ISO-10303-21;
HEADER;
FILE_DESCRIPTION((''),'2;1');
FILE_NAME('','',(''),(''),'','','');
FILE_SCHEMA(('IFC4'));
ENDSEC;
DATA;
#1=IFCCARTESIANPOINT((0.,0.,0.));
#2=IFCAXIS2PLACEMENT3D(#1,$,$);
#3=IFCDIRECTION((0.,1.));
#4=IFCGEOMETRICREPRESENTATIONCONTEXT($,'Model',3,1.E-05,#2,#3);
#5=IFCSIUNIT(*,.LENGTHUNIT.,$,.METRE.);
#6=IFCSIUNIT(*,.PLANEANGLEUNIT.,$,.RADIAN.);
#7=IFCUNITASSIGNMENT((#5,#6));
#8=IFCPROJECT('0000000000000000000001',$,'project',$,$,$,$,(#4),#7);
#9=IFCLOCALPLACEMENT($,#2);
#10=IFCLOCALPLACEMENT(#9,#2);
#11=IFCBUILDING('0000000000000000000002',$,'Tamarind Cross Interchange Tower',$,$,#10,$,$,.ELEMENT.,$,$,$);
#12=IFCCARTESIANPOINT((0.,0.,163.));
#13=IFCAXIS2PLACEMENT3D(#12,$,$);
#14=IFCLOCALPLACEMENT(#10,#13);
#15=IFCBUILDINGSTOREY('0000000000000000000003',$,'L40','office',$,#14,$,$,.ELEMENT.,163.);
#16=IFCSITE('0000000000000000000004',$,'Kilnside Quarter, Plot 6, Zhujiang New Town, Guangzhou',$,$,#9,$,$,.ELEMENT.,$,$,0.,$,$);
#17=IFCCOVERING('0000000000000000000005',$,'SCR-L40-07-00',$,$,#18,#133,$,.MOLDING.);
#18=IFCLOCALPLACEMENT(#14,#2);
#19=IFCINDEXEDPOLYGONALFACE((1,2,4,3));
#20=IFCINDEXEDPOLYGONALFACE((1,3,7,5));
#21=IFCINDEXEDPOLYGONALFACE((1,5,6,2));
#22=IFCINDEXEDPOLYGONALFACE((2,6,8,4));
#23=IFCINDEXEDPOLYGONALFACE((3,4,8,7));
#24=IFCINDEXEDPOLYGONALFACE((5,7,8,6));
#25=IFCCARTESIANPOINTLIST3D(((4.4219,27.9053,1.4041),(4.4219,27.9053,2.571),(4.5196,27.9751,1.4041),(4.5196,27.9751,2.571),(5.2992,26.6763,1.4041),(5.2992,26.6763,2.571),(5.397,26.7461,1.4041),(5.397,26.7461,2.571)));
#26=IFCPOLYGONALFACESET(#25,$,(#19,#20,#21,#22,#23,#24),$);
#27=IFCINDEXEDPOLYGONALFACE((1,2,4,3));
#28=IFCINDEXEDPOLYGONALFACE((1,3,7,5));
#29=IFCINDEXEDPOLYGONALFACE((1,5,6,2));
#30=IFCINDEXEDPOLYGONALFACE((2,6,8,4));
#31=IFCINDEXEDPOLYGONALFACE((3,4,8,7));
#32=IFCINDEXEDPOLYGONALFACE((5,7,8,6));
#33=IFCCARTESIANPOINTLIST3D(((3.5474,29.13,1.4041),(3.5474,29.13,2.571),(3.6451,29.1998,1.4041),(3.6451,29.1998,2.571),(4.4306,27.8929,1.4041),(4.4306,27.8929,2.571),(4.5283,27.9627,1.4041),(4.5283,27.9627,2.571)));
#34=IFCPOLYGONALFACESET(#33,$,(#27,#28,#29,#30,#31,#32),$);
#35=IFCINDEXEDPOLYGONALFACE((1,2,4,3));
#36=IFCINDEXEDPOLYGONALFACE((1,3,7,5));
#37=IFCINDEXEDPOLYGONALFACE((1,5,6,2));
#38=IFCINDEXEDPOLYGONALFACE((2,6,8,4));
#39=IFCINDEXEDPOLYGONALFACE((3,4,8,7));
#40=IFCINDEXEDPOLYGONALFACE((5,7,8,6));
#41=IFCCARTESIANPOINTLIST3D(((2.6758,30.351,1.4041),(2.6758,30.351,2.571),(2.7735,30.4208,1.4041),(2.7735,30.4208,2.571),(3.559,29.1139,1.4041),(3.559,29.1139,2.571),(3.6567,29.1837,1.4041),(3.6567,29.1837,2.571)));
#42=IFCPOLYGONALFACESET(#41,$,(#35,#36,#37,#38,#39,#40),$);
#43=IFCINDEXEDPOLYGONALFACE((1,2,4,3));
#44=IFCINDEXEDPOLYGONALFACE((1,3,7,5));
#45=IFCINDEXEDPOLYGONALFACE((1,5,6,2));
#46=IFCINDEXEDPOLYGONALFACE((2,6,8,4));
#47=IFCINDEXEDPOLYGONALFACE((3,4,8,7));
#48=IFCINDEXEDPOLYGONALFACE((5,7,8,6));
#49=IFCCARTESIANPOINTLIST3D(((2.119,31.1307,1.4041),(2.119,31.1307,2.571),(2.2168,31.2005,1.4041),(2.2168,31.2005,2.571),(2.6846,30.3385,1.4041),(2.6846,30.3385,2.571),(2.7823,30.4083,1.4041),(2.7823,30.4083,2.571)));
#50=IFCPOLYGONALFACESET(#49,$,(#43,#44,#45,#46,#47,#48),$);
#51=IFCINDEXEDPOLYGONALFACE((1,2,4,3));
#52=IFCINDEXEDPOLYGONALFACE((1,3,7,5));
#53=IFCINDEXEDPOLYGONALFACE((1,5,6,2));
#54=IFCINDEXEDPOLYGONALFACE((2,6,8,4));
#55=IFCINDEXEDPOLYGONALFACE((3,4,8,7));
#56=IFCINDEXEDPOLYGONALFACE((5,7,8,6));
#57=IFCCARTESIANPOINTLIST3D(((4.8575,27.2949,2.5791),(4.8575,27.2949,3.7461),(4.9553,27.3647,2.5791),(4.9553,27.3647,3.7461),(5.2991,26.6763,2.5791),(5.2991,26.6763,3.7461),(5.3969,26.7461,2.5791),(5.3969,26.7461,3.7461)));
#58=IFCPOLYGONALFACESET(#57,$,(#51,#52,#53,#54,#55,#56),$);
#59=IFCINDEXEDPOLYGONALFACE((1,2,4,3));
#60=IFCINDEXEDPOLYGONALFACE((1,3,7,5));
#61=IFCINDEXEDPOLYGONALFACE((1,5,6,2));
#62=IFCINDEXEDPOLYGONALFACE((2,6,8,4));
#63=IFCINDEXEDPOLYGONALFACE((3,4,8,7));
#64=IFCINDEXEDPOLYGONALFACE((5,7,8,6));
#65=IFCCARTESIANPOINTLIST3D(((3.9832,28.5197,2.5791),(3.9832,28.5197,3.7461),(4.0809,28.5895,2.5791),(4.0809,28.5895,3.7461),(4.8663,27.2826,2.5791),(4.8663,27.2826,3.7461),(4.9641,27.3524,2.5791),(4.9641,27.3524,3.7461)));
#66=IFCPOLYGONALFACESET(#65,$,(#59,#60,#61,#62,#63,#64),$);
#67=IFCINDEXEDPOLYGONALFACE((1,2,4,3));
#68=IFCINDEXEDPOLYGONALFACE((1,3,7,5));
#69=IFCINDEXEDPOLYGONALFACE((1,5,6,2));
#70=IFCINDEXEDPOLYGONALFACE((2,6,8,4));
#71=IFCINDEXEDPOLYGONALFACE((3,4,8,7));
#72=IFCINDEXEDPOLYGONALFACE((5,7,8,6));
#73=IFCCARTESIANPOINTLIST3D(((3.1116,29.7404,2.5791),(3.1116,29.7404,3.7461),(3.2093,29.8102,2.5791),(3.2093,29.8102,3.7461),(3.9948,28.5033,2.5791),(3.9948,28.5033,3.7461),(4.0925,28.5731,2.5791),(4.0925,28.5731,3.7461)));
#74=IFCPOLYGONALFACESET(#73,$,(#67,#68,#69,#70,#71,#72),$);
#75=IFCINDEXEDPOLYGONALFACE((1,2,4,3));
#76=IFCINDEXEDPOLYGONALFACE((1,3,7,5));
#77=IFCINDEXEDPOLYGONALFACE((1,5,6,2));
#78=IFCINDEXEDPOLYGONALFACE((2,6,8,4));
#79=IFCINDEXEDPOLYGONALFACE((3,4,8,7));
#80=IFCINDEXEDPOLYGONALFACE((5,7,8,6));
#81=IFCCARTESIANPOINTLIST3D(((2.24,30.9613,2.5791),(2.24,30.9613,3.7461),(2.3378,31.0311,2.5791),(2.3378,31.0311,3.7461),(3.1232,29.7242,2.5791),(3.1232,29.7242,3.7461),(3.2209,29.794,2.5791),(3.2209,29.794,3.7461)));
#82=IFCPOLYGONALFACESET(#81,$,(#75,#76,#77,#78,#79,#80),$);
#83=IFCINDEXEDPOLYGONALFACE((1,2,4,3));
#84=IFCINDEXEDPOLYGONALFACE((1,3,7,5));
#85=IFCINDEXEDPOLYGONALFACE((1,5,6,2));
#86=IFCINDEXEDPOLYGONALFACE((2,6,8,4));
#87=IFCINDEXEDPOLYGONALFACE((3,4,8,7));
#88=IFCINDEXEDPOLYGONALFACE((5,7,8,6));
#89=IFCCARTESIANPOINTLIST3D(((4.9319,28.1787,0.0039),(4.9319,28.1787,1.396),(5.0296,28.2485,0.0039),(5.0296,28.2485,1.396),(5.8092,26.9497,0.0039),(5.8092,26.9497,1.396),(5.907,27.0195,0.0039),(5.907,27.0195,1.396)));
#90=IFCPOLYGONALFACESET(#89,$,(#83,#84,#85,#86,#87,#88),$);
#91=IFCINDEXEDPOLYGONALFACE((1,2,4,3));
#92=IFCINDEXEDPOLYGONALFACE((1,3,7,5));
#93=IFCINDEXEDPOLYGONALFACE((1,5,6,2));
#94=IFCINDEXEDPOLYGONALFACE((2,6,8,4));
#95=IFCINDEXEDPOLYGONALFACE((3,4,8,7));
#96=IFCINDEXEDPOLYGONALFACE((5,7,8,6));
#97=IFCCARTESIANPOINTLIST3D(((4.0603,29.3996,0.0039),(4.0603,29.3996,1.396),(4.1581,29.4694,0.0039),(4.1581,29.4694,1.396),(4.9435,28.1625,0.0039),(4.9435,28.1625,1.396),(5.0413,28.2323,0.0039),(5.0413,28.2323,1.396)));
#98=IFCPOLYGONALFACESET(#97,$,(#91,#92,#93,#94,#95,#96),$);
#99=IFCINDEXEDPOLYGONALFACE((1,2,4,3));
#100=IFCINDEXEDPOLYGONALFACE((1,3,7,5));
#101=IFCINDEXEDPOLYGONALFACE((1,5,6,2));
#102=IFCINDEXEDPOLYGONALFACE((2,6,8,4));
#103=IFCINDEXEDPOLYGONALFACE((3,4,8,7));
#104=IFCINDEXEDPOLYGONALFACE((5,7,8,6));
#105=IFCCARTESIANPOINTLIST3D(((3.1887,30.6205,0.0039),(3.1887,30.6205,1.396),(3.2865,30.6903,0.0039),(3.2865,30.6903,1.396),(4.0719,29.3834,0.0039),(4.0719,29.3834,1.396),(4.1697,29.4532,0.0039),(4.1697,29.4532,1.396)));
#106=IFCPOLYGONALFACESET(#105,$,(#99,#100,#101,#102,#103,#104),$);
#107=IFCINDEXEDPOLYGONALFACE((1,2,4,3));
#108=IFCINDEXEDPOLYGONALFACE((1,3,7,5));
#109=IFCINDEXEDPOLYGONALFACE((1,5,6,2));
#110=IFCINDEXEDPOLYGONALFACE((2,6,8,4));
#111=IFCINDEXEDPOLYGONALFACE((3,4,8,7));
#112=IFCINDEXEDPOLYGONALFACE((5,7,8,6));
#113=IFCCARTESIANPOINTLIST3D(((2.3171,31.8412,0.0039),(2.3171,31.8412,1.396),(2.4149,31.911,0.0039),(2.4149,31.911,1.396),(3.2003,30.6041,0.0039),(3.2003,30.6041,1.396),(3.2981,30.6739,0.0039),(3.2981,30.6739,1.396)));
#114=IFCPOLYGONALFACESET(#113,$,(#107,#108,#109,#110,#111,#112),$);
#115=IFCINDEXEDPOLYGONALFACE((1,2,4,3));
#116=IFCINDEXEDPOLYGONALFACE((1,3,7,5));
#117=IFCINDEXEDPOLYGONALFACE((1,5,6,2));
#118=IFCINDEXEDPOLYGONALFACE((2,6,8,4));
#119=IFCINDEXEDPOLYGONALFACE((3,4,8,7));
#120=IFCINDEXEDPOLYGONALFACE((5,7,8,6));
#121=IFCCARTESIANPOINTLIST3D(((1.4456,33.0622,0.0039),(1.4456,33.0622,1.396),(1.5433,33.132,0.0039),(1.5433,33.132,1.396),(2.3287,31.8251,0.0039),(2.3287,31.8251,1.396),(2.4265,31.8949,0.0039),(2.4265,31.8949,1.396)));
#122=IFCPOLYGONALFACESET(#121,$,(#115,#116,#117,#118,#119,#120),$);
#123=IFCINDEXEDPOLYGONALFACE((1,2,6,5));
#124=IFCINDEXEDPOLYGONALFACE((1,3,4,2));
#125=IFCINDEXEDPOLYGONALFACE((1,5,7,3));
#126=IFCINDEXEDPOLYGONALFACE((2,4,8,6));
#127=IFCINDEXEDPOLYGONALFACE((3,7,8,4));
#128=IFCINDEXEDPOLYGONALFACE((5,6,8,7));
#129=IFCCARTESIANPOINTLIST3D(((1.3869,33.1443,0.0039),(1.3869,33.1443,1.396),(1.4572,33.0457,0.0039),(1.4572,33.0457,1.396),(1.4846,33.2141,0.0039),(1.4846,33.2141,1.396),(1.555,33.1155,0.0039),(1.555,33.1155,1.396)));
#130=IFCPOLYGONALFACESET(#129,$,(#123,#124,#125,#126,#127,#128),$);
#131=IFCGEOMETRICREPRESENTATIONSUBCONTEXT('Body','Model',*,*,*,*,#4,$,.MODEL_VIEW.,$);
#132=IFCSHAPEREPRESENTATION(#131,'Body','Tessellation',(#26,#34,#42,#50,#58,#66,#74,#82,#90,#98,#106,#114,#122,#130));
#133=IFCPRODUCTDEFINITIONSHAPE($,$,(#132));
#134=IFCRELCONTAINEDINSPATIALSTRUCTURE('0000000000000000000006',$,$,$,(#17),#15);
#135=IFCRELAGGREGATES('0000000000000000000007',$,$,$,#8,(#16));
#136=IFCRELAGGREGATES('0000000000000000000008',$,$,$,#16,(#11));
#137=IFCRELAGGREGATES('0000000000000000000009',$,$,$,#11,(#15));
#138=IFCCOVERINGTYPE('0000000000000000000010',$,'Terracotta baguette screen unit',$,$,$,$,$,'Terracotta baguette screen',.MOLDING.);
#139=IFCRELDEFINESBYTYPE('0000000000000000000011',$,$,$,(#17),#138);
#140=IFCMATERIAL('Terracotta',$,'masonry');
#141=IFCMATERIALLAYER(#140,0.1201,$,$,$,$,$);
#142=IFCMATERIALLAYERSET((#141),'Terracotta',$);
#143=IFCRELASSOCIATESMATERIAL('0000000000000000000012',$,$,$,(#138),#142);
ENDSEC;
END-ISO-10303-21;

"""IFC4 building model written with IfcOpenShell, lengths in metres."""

from ifc_helpers import new_model, si_unit, direction, frame, origin, origin_2d, place, context, subcontext, project, spatial, rectangle, extrude, material, layer, layer_set, type_object, element, save


model = new_model("IFC4")

# Units and contexts
model_context = context("Model", 3, precision=1e-05, world=origin(), true_north=direction((0.0, 1.0)))
body_context = subcontext(model_context, "Body", "Model", "MODEL_VIEW")
ifc_project = project(units=[si_unit("LENGTHUNIT", "METRE"), si_unit("PLANEANGLEUNIT", "RADIAN")], contexts=[model_context])

# Site, building, storey
site_placement = place(None, origin())
site = spatial("IfcSite", under=ifc_project, at=site_placement, Name="Kilnside Quarter, Plot 6, Zhujiang New Town, Guangzhou", CompositionType="ELEMENT", RefElevation=0.0)
building_placement = place(site_placement, origin())
building = spatial("IfcBuilding", under=site, at=building_placement, Name="Tamarind Cross Interchange Tower", CompositionType="ELEMENT")
storey_placement = place(building_placement, frame((0.0, 0.0, 163.0)))
storey = spatial("IfcBuildingStorey", under=building, at=storey_placement, Name="L40", Description="office", CompositionType="ELEMENT", Elevation=163.0)

# Covering
ifc_material_1 = material(Name="Terracotta", Category="masonry")
ifc_layer_1 = layer(ifc_material_1, 0.1201)
ifc_layer_set_1 = layer_set([ifc_layer_1], Name="Terracotta")
covering_type = type_object("IfcCoveringType", Name="Terracotta baguette screen unit", ElementType="Terracotta baguette screen", PredefinedType="MOLDING", material=ifc_layer_set_1)
covering_1_placement = place(storey_placement, origin())
element("IfcCovering", 1, at=covering_1_placement, inside=storey, type_object=covering_type, Name="SCR-L40-07-00", PredefinedType="MOLDING", context=body_context, shape_type="SweptSolid", body=[
    extrude(rectangle(XDim=1.51, YDim=0.1201, at=origin_2d()), frame((4.9094, 27.3257, 1.4041), z_axis=(0.0, 0.0, 1.0), x_axis=(-0.581033, 0.81388, 0.0)), (0.0, 0.0, 1.0), 1.167),
    extrude(rectangle(XDim=1.52, YDim=0.1201, at=origin_2d()), frame((4.0378, 28.5464, 1.4041), z_axis=(0.0, 0.0, 1.0), x_axis=(-0.581033, 0.81388, 0.0)), (0.0, 0.0, 1.0), 1.167),
    extrude(rectangle(XDim=1.52, YDim=0.1201, at=origin_2d()), frame((3.1663, 29.7673, 1.4041), z_axis=(0.0, 0.0, 1.0), x_axis=(-0.581033, 0.81388, 0.0)), (0.0, 0.0, 1.0), 1.167),
    extrude(rectangle(XDim=0.9734, YDim=0.1201, at=origin_2d()), frame((2.4507, 30.7695, 1.4041), z_axis=(0.0, 0.0, 1.0), x_axis=(-0.581033, 0.81388, 0.0)), (0.0, 0.0, 1.0), 1.167),
    extrude(rectangle(XDim=0.76, YDim=0.1201, at=origin_2d()), frame((5.1272, 27.0205, 2.5791), z_axis=(0.0, 0.0, 1.0), x_axis=(-0.581033, 0.81388, 0.0)), (0.0, 0.0, 1.0), 1.167),
    extrude(rectangle(XDim=1.52, YDim=0.1201, at=origin_2d()), frame((4.4736, 27.936, 2.5791), z_axis=(0.0, 0.0, 1.0), x_axis=(-0.581033, 0.81388, 0.0)), (0.0, 0.0, 1.0), 1.167),
    extrude(rectangle(XDim=1.52, YDim=0.1201, at=origin_2d()), frame((3.6021, 29.1567, 2.5791), z_axis=(0.0, 0.0, 1.0), x_axis=(-0.581033, 0.81388, 0.0)), (0.0, 0.0, 1.0), 1.167),
    extrude(rectangle(XDim=1.52, YDim=0.1201, at=origin_2d()), frame((2.7305, 30.3777, 2.5791), z_axis=(0.0, 0.0, 1.0), x_axis=(-0.581033, 0.81388, 0.0)), (0.0, 0.0, 1.0), 1.167),
    extrude(rectangle(XDim=1.51, YDim=0.1201, at=origin_2d()), frame((5.4194, 27.5991, 0.0039), z_axis=(0.0, 0.0, 1.0), x_axis=(-0.581033, 0.81388, 0.0)), (0.0, 0.0, 1.0), 1.3921),
    extrude(rectangle(XDim=1.52, YDim=0.1201, at=origin_2d()), frame((4.5508, 28.8159, 0.0039), z_axis=(0.0, 0.0, 1.0), x_axis=(-0.581033, 0.81388, 0.0)), (0.0, 0.0, 1.0), 1.3921),
    extrude(rectangle(XDim=1.52, YDim=0.1201, at=origin_2d()), frame((3.6792, 30.0369, 0.0039), z_axis=(0.0, 0.0, 1.0), x_axis=(-0.581033, 0.81388, 0.0)), (0.0, 0.0, 1.0), 1.3921),
    extrude(rectangle(XDim=1.52, YDim=0.1201, at=origin_2d()), frame((2.8076, 31.2576, 0.0039), z_axis=(0.0, 0.0, 1.0), x_axis=(-0.581033, 0.81388, 0.0)), (0.0, 0.0, 1.0), 1.3921),
    extrude(rectangle(XDim=1.52, YDim=0.1201, at=origin_2d()), frame((1.936, 32.4785, 0.0039), z_axis=(0.0, 0.0, 1.0), x_axis=(-0.581033, 0.81388, 0.0)), (0.0, 0.0, 1.0), 1.3921),
    extrude(rectangle(XDim=0.1211, YDim=0.1201, at=origin_2d()), frame((1.4709, 33.1299, 0.0039), z_axis=(0.0, 0.0, 1.0), x_axis=(-0.581033, 0.81388, 0.0)), (0.0, 0.0, 1.0), 1.3921),
])

save(model, "model.ifc")
